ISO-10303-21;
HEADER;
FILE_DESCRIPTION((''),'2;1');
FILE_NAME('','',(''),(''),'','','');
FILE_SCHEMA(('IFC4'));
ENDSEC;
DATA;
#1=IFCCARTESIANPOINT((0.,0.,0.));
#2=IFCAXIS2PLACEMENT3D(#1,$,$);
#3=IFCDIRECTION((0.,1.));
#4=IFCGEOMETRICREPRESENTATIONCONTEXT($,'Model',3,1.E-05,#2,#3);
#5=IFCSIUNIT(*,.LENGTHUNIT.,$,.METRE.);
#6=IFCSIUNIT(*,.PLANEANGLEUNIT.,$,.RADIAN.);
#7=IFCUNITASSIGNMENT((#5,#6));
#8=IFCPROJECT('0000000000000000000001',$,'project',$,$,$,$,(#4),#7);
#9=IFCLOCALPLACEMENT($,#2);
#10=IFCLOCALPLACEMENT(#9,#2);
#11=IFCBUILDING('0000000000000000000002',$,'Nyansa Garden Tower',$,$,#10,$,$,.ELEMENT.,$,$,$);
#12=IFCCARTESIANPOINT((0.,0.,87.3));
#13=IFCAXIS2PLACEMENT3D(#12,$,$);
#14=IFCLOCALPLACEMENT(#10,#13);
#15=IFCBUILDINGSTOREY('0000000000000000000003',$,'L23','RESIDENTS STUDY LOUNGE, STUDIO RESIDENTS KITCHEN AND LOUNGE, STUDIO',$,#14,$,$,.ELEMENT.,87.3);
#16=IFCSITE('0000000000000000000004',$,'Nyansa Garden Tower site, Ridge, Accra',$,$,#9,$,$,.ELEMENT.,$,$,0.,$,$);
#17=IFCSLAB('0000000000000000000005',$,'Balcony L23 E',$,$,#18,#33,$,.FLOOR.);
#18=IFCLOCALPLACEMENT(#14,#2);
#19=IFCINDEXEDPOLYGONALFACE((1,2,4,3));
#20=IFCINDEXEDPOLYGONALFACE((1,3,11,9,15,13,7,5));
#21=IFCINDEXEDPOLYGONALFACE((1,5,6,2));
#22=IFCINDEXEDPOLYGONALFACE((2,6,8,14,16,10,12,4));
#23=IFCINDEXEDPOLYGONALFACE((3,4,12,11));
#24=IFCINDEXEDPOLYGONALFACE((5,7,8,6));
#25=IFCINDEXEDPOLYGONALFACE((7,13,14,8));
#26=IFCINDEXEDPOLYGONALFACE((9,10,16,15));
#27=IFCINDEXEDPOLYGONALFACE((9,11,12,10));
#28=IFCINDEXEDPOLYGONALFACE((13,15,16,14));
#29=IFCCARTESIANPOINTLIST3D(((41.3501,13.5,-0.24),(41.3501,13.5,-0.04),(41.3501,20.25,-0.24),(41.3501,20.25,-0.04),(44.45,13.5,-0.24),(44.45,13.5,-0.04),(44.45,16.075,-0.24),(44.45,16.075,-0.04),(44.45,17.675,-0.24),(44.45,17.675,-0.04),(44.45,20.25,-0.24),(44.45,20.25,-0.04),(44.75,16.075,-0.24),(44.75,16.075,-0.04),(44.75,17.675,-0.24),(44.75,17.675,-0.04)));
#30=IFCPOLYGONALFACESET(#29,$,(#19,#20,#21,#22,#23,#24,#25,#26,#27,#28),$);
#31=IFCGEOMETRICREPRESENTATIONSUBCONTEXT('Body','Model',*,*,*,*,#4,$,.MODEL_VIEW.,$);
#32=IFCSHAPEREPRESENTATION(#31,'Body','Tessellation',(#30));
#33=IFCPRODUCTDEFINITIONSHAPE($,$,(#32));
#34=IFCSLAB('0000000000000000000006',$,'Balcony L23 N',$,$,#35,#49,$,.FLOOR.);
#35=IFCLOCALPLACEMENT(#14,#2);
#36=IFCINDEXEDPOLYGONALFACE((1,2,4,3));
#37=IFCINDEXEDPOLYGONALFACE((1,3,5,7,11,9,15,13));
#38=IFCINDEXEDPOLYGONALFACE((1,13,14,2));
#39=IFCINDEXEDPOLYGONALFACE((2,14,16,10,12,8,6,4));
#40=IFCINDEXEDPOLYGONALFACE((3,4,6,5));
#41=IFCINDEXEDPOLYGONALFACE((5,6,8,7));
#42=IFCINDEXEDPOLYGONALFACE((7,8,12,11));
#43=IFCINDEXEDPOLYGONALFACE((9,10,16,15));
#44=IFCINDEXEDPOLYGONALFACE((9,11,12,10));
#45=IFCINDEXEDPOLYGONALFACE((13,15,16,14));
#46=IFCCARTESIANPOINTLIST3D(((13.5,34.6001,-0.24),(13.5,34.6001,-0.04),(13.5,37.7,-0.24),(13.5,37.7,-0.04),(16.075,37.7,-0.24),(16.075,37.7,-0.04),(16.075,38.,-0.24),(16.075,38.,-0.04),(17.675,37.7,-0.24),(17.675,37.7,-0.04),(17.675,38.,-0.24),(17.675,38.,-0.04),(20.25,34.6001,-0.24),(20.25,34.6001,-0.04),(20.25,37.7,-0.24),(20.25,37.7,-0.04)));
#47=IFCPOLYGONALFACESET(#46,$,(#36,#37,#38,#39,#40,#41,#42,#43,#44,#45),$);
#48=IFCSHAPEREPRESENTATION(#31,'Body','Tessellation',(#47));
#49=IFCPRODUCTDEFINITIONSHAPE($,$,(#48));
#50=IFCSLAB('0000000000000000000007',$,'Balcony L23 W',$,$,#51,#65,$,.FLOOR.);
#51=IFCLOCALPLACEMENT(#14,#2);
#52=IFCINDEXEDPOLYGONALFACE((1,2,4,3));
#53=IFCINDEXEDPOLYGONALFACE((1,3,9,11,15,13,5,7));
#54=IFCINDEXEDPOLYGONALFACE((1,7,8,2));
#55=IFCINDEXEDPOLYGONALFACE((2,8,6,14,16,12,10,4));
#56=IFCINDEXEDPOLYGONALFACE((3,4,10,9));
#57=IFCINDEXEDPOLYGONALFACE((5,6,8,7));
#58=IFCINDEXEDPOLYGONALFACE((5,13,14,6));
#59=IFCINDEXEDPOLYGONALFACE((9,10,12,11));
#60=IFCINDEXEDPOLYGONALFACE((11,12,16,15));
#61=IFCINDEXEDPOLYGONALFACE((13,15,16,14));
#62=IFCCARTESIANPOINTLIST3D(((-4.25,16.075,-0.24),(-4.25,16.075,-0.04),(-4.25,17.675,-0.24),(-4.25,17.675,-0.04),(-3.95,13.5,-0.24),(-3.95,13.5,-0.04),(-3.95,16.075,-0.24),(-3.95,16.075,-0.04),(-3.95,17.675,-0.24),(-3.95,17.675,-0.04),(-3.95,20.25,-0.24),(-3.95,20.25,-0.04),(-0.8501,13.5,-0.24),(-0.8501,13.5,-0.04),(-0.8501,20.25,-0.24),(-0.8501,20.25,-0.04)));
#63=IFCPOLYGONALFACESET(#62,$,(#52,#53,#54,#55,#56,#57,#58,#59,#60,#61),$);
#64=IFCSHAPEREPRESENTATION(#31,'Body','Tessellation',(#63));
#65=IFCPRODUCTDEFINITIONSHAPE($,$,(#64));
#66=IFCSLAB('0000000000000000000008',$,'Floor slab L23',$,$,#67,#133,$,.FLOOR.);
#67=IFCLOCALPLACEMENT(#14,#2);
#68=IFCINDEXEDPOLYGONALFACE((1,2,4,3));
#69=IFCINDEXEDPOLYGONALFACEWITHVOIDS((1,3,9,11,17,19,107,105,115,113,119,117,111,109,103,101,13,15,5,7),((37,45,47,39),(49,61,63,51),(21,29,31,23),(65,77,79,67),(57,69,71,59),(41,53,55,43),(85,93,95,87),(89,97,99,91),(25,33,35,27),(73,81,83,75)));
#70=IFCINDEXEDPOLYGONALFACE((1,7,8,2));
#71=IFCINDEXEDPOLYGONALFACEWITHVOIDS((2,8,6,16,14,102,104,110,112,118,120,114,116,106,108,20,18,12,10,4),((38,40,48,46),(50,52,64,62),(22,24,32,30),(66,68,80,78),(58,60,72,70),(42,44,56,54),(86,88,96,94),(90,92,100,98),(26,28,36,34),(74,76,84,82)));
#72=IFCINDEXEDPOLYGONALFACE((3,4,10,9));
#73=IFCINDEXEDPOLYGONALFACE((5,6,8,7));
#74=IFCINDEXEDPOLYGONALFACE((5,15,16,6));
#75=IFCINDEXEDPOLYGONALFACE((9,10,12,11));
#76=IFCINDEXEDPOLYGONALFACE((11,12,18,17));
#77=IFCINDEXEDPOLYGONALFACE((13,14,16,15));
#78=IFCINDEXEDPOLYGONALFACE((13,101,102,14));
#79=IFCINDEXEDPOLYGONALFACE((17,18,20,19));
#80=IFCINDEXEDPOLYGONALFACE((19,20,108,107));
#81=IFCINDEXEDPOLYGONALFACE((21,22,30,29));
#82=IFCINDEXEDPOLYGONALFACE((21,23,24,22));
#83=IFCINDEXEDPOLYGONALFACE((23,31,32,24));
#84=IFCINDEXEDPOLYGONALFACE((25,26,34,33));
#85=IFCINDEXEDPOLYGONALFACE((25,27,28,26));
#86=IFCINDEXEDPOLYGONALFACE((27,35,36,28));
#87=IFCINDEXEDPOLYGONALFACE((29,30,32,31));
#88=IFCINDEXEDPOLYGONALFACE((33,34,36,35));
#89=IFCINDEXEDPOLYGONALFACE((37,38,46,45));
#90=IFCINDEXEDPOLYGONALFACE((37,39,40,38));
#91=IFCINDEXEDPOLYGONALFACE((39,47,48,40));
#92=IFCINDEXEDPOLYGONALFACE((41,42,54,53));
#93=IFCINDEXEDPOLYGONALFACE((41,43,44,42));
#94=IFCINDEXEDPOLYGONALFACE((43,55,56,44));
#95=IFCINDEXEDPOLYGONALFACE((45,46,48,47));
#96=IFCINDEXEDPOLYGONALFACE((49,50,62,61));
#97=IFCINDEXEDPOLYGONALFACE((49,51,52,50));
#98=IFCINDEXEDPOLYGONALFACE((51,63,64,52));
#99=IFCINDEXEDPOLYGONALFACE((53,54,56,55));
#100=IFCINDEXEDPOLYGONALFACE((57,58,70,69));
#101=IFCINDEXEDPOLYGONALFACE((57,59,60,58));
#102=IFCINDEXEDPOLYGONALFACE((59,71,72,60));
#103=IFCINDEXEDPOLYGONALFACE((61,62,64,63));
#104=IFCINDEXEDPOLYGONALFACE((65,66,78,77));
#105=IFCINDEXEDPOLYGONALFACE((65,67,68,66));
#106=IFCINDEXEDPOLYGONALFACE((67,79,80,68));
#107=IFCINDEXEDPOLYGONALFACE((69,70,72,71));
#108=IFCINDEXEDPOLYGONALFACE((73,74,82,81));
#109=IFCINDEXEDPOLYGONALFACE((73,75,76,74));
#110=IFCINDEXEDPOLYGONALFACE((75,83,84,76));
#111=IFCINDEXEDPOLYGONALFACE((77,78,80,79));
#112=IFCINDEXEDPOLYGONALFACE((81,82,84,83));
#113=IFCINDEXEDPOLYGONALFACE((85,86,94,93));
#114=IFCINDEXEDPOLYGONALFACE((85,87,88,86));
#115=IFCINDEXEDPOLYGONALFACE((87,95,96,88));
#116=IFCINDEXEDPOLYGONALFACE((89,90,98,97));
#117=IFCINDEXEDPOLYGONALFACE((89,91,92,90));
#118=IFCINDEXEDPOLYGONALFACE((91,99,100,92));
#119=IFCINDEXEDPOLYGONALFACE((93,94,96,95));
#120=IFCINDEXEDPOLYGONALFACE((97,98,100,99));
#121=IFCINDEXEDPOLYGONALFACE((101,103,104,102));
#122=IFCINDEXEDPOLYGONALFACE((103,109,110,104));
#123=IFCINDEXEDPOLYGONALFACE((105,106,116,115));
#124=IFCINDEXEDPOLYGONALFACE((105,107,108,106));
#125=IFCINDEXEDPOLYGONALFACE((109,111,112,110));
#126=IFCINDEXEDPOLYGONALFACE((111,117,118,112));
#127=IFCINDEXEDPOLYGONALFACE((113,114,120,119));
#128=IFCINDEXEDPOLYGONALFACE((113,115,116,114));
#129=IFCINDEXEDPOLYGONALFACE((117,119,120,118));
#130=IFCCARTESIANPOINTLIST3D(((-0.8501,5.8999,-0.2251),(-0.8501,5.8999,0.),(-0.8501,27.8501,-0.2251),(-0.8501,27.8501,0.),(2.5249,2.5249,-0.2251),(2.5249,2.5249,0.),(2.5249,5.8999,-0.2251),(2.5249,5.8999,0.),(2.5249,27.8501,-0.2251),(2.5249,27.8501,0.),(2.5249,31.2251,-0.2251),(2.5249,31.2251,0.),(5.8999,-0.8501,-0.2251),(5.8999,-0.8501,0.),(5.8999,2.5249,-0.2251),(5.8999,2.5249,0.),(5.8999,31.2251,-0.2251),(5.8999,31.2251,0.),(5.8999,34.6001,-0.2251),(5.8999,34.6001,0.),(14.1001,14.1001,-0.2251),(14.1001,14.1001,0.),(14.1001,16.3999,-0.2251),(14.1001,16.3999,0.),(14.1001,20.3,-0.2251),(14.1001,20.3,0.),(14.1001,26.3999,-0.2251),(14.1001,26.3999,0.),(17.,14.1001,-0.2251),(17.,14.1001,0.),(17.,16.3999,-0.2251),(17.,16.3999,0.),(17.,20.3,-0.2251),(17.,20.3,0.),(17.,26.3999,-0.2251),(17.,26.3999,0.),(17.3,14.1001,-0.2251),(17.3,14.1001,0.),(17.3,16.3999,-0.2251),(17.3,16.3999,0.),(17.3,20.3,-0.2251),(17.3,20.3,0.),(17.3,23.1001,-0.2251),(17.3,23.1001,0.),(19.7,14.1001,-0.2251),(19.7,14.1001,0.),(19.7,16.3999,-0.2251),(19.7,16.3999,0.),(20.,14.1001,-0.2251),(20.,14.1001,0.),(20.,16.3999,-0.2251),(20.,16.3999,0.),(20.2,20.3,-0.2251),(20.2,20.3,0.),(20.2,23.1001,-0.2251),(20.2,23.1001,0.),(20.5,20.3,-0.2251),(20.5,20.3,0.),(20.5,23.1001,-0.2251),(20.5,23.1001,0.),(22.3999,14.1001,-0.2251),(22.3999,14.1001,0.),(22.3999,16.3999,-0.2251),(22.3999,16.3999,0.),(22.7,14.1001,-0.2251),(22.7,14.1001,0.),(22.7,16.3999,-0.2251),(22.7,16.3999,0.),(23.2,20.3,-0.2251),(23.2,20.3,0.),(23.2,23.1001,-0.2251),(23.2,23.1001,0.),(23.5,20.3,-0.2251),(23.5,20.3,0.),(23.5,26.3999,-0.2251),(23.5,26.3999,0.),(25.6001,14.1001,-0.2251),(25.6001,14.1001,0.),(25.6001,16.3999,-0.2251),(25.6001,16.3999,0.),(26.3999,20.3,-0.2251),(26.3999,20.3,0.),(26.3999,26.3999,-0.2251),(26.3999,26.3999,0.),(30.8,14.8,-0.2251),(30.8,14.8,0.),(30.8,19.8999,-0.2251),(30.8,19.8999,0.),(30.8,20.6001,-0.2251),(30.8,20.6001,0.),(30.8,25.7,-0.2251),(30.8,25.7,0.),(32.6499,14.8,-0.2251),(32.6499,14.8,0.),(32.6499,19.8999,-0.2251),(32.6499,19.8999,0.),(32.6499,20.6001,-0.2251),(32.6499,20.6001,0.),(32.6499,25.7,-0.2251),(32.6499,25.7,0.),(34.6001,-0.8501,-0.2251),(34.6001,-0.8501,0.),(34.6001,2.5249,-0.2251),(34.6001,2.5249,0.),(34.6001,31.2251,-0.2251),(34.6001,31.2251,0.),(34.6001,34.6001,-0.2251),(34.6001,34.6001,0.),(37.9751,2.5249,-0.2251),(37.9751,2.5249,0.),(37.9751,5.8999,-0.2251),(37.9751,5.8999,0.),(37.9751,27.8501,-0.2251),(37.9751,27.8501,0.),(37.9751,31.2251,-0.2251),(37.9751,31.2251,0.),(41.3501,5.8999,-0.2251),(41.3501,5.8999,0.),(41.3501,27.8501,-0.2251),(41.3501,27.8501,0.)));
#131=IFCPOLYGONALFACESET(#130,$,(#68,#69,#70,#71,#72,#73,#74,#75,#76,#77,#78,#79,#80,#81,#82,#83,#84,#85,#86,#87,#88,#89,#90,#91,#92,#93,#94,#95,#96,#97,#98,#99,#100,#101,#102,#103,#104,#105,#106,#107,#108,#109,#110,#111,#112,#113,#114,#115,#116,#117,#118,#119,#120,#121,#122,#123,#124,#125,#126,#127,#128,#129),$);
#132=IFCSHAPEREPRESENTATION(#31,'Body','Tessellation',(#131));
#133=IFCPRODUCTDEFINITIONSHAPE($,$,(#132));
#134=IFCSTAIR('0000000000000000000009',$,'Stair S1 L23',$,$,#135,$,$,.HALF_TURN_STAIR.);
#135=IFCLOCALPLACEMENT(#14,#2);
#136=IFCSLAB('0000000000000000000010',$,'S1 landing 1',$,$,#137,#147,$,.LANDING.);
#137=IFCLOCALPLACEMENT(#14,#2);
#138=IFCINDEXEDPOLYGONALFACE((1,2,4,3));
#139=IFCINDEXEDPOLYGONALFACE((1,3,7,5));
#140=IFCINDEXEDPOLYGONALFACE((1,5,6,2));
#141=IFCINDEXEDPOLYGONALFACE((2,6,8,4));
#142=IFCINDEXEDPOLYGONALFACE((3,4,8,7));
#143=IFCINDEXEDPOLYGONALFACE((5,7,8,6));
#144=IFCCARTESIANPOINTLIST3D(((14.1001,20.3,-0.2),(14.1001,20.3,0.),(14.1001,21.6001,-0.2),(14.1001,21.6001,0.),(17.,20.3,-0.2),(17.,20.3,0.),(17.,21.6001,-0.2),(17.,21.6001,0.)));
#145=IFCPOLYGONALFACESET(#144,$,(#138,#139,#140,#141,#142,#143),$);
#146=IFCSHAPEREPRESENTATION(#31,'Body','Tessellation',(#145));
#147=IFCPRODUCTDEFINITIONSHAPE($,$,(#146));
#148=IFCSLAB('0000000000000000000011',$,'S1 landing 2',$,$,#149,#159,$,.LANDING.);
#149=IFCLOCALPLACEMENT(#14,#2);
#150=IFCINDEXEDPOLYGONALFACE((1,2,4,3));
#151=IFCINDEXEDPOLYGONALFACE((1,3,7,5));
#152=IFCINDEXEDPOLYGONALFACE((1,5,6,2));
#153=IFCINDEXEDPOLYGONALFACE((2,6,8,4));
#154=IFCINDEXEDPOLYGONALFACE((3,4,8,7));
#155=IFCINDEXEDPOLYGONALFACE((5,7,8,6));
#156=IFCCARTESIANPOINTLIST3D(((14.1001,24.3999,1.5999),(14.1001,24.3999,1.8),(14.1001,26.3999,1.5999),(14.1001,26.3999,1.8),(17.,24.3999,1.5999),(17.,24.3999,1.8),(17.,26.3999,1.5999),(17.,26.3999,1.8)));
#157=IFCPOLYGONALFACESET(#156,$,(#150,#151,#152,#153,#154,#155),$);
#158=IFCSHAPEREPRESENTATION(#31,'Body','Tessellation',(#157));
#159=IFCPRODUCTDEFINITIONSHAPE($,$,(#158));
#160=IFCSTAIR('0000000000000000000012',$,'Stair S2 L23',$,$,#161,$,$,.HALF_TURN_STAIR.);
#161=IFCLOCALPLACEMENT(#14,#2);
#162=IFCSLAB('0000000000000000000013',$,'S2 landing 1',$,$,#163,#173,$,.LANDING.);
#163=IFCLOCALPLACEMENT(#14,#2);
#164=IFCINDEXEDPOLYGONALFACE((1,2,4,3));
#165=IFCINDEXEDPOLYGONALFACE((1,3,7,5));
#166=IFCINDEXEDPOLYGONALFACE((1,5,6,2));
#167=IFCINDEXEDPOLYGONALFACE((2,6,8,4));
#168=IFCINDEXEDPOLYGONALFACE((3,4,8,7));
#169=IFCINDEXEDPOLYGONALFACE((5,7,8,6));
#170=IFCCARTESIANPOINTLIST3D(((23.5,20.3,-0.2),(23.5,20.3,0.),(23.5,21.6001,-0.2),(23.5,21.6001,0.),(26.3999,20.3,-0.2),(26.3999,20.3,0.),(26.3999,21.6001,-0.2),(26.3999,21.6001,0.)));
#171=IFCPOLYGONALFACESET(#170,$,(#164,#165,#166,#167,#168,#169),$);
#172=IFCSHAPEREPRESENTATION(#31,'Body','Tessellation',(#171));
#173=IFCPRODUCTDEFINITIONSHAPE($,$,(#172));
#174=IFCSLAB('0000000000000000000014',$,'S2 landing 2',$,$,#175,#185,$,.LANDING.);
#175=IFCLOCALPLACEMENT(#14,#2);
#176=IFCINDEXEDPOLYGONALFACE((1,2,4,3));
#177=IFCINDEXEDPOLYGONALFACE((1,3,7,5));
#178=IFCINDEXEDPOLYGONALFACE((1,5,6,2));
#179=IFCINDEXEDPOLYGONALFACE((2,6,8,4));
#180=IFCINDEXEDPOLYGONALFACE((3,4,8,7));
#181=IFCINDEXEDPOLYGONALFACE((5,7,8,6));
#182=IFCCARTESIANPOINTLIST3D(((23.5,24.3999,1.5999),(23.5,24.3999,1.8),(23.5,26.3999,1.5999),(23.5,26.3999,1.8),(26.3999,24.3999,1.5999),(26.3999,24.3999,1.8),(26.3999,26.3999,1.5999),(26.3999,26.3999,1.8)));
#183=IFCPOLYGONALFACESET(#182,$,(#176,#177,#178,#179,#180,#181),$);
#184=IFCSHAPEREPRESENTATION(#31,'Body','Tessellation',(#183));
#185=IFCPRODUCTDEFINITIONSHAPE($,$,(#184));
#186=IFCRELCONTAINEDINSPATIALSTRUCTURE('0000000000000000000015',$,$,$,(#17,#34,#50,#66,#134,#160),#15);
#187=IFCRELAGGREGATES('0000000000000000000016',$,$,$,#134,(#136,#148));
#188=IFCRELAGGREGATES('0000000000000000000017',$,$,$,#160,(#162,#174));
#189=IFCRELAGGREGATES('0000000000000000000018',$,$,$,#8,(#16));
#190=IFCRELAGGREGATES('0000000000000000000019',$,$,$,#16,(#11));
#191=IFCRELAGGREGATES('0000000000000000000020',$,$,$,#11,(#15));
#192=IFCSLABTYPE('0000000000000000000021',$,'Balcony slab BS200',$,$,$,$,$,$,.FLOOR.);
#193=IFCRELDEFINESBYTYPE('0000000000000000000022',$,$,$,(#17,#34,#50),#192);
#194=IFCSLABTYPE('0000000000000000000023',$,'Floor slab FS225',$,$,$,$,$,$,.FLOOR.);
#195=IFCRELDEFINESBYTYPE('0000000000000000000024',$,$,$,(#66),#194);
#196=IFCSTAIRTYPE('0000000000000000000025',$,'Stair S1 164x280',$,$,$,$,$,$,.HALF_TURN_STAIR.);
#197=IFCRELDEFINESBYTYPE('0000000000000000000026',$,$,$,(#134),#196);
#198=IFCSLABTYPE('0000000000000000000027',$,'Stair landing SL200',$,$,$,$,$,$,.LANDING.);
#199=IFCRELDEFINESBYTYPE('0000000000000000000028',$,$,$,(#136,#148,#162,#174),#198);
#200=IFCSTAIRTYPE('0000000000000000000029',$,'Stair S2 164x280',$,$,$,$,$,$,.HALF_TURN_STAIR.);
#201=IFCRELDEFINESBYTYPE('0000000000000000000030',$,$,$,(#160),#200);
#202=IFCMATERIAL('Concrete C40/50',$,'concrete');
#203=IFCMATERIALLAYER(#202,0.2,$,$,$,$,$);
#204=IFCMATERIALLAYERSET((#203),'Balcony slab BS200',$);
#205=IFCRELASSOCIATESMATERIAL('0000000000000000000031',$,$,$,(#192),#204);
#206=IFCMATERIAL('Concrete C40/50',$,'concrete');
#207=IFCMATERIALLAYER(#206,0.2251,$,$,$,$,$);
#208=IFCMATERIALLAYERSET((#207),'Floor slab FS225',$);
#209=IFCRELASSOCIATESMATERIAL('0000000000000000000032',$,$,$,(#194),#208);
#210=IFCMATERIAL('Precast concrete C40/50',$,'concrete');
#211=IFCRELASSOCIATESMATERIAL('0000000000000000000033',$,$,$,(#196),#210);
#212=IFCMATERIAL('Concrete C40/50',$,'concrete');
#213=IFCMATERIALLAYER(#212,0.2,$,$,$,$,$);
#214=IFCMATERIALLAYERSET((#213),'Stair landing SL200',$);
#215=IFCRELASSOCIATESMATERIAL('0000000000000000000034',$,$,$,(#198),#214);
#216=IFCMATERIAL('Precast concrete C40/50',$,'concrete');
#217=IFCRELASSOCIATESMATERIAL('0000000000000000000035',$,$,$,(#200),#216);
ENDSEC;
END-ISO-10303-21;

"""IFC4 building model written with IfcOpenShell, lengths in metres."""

from ifc_helpers import new_model, si_unit, direction, frame, origin, place, context, subcontext, project, spatial, polyline, outline, extrude, material, layer, layer_set, type_object, element, aggregate, save


model = new_model("IFC4")

# Units and contexts
model_context = context("Model", 3, precision=1e-05, world=origin(), true_north=direction((0.0, 1.0)))
body_context = subcontext(model_context, "Body", "Model", "MODEL_VIEW")
ifc_project = project(units=[si_unit("LENGTHUNIT", "METRE"), si_unit("PLANEANGLEUNIT", "RADIAN")], contexts=[model_context])

# Site, building, storey
site_placement = place(None, origin())
site = spatial("IfcSite", under=ifc_project, at=site_placement, Name="Nyansa Garden Tower site, Ridge, Accra", CompositionType="ELEMENT", RefElevation=0.0)
building_placement = place(site_placement, origin())
building = spatial("IfcBuilding", under=site, at=building_placement, Name="Nyansa Garden Tower", CompositionType="ELEMENT")
storey_placement = place(building_placement, frame((0.0, 0.0, 87.3)))
storey = spatial("IfcBuildingStorey", under=building, at=storey_placement, Name="L23", Description="RESIDENTS STUDY LOUNGE, STUDIO RESIDENTS KITCHEN AND LOUNGE, STUDIO", CompositionType="ELEMENT", Elevation=87.3)

# Slabs
ifc_material_1 = material(Name="Concrete C40/50", Category="concrete")
ifc_layer_1 = layer(ifc_material_1, 0.2)
ifc_layer_set_1 = layer_set([ifc_layer_1], Name="Balcony slab BS200")
slab_type_1 = type_object("IfcSlabType", Name="Balcony slab BS200", PredefinedType="FLOOR", material=ifc_layer_set_1)
slab_1_placement = place(storey_placement, frame((0.0, 0.0, -0.24)))
element("IfcSlab", 1, at=slab_1_placement, inside=storey, type_object=slab_type_1, Name="Balcony L23 E", PredefinedType="FLOOR", context=body_context, shape_type="SweptSolid", body=[
    extrude(outline(polyline([(41.3501, 13.5), (41.3501, 20.25), (44.45, 20.25), (44.45, 17.675), (44.75, 17.675), (44.75, 16.075), (44.45, 16.075), (44.45, 13.5), (41.3501, 13.5)])), origin(), (0.0, 0.0, 1.0), 0.2),
])
slab_2_placement = place(storey_placement, frame((0.0, 0.0, -0.24)))
element("IfcSlab", 2, at=slab_2_placement, inside=storey, type_object=slab_type_1, Name="Balcony L23 N", PredefinedType="FLOOR", context=body_context, shape_type="SweptSolid", body=[
    extrude(outline(polyline([(13.5, 34.6001), (20.25, 34.6001), (20.25, 37.7), (17.675, 37.7), (17.675, 38.0), (16.075, 38.0), (16.075, 37.7), (13.5, 37.7), (13.5, 34.6001)])), origin(), (0.0, 0.0, 1.0), 0.2),
])
slab_3_placement = place(storey_placement, frame((0.0, 0.0, -0.24)))
element("IfcSlab", 3, at=slab_3_placement, inside=storey, type_object=slab_type_1, Name="Balcony L23 W", PredefinedType="FLOOR", context=body_context, shape_type="SweptSolid", body=[
    extrude(outline(polyline([(-0.8501, 13.5), (-0.8501, 20.25), (-3.95, 20.25), (-3.95, 17.675), (-4.25, 17.675), (-4.25, 16.075), (-3.95, 16.075), (-3.95, 13.5), (-0.8501, 13.5)])), origin(), (0.0, 0.0, 1.0), 0.2),
])
ifc_material_2 = material(Name="Concrete C40/50", Category="concrete")
ifc_layer_2 = layer(ifc_material_2, 0.2251)
ifc_layer_set_2 = layer_set([ifc_layer_2], Name="Floor slab FS225")
slab_type_2 = type_object("IfcSlabType", Name="Floor slab FS225", PredefinedType="FLOOR", material=ifc_layer_set_2)
slab_4_placement = place(storey_placement, frame((0.0, 0.0, -0.2251)))
element("IfcSlab", 4, at=slab_4_placement, inside=storey, type_object=slab_type_2, Name="Floor slab L23", PredefinedType="FLOOR", context=body_context, shape_type="SweptSolid", body=[
    extrude(outline(polyline([(41.3501, 5.8999), (37.9751, 5.8999), (37.9751, 2.5249), (34.6001, 2.5249), (34.6001, -0.8501), (5.8999, -0.8501), (5.8999, 2.5249), (2.5249, 2.5249), (2.5249, 5.8999), (-0.8501, 5.8999), (-0.8501, 27.8501), (2.5249, 27.8501), (2.5249, 31.2251), (5.8999, 31.2251), (5.8999, 34.6001), (34.6001, 34.6001), (34.6001, 31.2251), (37.9751, 31.2251), (37.9751, 27.8501), (41.3501, 27.8501), (41.3501, 5.8999)]), holes=[polyline([(14.1001, 14.1001), (17.0, 14.1001), (17.0, 16.3999), (14.1001, 16.3999), (14.1001, 14.1001)]), polyline([(17.3, 14.1001), (19.7, 14.1001), (19.7, 16.3999), (17.3, 16.3999), (17.3, 14.1001)]), polyline([(20.0, 14.1001), (22.3999, 14.1001), (22.3999, 16.3999), (20.0, 16.3999), (20.0, 14.1001)]), polyline([(22.7, 14.1001), (25.6001, 14.1001), (25.6001, 16.3999), (22.7, 16.3999), (22.7, 14.1001)]), polyline([(17.3, 20.3), (20.2, 20.3), (20.2, 23.1001), (17.3, 23.1001), (17.3, 20.3)]), polyline([(20.5, 20.3), (23.2, 20.3), (23.2, 23.1001), (20.5, 23.1001), (20.5, 20.3)]), polyline([(30.8, 14.8), (32.6499, 14.8), (32.6499, 19.8999), (30.8, 19.8999), (30.8, 14.8)]), polyline([(30.8, 20.6001), (32.6499, 20.6001), (32.6499, 25.7), (30.8, 25.7), (30.8, 20.6001)]), polyline([(14.1001, 20.3), (17.0, 20.3), (17.0, 26.3999), (14.1001, 26.3999), (14.1001, 20.3)]), polyline([(23.5, 20.3), (26.3999, 20.3), (26.3999, 26.3999), (23.5, 26.3999), (23.5, 20.3)])]), origin(), (0.0, 0.0, 1.0), 0.2251),
])

# Stairs, slabs
ifc_material_3 = material(Name="Precast concrete C40/50", Category="concrete")
stair_type_1 = type_object("IfcStairType", Name="Stair S1 164x280", PredefinedType="HALF_TURN_STAIR", material=ifc_material_3)
stair_1_placement = place(storey_placement, origin())
stair_1 = element("IfcStair", 5, at=stair_1_placement, inside=storey, type_object=stair_type_1, Name="Stair S1 L23", PredefinedType="HALF_TURN_STAIR")
ifc_material_4 = material(Name="Concrete C40/50", Category="concrete")
ifc_layer_3 = layer(ifc_material_4, 0.2)
ifc_layer_set_3 = layer_set([ifc_layer_3], Name="Stair landing SL200")
slab_type_3 = type_object("IfcSlabType", Name="Stair landing SL200", PredefinedType="LANDING", material=ifc_layer_set_3)
slab_5_placement = place(storey_placement, frame((0.0, 0.0, -0.2)))
slab_5 = element("IfcSlab", 6, at=slab_5_placement, type_object=slab_type_3, Name="S1 landing 1", PredefinedType="LANDING", context=body_context, shape_type="SweptSolid", body=[
    extrude(outline(polyline([(14.1001, 20.3), (17.0, 20.3), (17.0, 21.6001), (14.1001, 21.6001), (14.1001, 20.3)])), origin(), (0.0, 0.0, 1.0), 0.2),
])
slab_6_placement = place(storey_placement, frame((0.0, 0.0, 1.5999)))
slab_6 = element("IfcSlab", 7, at=slab_6_placement, type_object=slab_type_3, Name="S1 landing 2", PredefinedType="LANDING", context=body_context, shape_type="SweptSolid", body=[
    extrude(outline(polyline([(14.1001, 24.3999), (17.0, 24.3999), (17.0, 26.3999), (14.1001, 26.3999), (14.1001, 24.3999)])), origin(), (0.0, 0.0, 1.0), 0.2002),
])
aggregate(stair_1, [slab_5, slab_6])
ifc_material_5 = material(Name="Precast concrete C40/50", Category="concrete")
stair_type_2 = type_object("IfcStairType", Name="Stair S2 164x280", PredefinedType="HALF_TURN_STAIR", material=ifc_material_5)
stair_2_placement = place(storey_placement, origin())
stair_2 = element("IfcStair", 8, at=stair_2_placement, inside=storey, type_object=stair_type_2, Name="Stair S2 L23", PredefinedType="HALF_TURN_STAIR")
slab_7_placement = place(storey_placement, frame((0.0, 0.0, -0.2)))
slab_7 = element("IfcSlab", 9, at=slab_7_placement, type_object=slab_type_3, Name="S2 landing 1", PredefinedType="LANDING", context=body_context, shape_type="SweptSolid", body=[
    extrude(outline(polyline([(23.5, 20.3), (26.3999, 20.3), (26.3999, 21.6001), (23.5, 21.6001), (23.5, 20.3)])), origin(), (0.0, 0.0, 1.0), 0.2),
])
slab_8_placement = place(storey_placement, frame((0.0, 0.0, 1.5999)))
slab_8 = element("IfcSlab", 10, at=slab_8_placement, type_object=slab_type_3, Name="S2 landing 2", PredefinedType="LANDING", context=body_context, shape_type="SweptSolid", body=[
    extrude(outline(polyline([(23.5, 24.3999), (26.3999, 24.3999), (26.3999, 26.3999), (23.5, 26.3999), (23.5, 24.3999)])), origin(), (0.0, 0.0, 1.0), 0.2002),
])
aggregate(stair_2, [slab_7, slab_8])

save(model, "model.ifc")
